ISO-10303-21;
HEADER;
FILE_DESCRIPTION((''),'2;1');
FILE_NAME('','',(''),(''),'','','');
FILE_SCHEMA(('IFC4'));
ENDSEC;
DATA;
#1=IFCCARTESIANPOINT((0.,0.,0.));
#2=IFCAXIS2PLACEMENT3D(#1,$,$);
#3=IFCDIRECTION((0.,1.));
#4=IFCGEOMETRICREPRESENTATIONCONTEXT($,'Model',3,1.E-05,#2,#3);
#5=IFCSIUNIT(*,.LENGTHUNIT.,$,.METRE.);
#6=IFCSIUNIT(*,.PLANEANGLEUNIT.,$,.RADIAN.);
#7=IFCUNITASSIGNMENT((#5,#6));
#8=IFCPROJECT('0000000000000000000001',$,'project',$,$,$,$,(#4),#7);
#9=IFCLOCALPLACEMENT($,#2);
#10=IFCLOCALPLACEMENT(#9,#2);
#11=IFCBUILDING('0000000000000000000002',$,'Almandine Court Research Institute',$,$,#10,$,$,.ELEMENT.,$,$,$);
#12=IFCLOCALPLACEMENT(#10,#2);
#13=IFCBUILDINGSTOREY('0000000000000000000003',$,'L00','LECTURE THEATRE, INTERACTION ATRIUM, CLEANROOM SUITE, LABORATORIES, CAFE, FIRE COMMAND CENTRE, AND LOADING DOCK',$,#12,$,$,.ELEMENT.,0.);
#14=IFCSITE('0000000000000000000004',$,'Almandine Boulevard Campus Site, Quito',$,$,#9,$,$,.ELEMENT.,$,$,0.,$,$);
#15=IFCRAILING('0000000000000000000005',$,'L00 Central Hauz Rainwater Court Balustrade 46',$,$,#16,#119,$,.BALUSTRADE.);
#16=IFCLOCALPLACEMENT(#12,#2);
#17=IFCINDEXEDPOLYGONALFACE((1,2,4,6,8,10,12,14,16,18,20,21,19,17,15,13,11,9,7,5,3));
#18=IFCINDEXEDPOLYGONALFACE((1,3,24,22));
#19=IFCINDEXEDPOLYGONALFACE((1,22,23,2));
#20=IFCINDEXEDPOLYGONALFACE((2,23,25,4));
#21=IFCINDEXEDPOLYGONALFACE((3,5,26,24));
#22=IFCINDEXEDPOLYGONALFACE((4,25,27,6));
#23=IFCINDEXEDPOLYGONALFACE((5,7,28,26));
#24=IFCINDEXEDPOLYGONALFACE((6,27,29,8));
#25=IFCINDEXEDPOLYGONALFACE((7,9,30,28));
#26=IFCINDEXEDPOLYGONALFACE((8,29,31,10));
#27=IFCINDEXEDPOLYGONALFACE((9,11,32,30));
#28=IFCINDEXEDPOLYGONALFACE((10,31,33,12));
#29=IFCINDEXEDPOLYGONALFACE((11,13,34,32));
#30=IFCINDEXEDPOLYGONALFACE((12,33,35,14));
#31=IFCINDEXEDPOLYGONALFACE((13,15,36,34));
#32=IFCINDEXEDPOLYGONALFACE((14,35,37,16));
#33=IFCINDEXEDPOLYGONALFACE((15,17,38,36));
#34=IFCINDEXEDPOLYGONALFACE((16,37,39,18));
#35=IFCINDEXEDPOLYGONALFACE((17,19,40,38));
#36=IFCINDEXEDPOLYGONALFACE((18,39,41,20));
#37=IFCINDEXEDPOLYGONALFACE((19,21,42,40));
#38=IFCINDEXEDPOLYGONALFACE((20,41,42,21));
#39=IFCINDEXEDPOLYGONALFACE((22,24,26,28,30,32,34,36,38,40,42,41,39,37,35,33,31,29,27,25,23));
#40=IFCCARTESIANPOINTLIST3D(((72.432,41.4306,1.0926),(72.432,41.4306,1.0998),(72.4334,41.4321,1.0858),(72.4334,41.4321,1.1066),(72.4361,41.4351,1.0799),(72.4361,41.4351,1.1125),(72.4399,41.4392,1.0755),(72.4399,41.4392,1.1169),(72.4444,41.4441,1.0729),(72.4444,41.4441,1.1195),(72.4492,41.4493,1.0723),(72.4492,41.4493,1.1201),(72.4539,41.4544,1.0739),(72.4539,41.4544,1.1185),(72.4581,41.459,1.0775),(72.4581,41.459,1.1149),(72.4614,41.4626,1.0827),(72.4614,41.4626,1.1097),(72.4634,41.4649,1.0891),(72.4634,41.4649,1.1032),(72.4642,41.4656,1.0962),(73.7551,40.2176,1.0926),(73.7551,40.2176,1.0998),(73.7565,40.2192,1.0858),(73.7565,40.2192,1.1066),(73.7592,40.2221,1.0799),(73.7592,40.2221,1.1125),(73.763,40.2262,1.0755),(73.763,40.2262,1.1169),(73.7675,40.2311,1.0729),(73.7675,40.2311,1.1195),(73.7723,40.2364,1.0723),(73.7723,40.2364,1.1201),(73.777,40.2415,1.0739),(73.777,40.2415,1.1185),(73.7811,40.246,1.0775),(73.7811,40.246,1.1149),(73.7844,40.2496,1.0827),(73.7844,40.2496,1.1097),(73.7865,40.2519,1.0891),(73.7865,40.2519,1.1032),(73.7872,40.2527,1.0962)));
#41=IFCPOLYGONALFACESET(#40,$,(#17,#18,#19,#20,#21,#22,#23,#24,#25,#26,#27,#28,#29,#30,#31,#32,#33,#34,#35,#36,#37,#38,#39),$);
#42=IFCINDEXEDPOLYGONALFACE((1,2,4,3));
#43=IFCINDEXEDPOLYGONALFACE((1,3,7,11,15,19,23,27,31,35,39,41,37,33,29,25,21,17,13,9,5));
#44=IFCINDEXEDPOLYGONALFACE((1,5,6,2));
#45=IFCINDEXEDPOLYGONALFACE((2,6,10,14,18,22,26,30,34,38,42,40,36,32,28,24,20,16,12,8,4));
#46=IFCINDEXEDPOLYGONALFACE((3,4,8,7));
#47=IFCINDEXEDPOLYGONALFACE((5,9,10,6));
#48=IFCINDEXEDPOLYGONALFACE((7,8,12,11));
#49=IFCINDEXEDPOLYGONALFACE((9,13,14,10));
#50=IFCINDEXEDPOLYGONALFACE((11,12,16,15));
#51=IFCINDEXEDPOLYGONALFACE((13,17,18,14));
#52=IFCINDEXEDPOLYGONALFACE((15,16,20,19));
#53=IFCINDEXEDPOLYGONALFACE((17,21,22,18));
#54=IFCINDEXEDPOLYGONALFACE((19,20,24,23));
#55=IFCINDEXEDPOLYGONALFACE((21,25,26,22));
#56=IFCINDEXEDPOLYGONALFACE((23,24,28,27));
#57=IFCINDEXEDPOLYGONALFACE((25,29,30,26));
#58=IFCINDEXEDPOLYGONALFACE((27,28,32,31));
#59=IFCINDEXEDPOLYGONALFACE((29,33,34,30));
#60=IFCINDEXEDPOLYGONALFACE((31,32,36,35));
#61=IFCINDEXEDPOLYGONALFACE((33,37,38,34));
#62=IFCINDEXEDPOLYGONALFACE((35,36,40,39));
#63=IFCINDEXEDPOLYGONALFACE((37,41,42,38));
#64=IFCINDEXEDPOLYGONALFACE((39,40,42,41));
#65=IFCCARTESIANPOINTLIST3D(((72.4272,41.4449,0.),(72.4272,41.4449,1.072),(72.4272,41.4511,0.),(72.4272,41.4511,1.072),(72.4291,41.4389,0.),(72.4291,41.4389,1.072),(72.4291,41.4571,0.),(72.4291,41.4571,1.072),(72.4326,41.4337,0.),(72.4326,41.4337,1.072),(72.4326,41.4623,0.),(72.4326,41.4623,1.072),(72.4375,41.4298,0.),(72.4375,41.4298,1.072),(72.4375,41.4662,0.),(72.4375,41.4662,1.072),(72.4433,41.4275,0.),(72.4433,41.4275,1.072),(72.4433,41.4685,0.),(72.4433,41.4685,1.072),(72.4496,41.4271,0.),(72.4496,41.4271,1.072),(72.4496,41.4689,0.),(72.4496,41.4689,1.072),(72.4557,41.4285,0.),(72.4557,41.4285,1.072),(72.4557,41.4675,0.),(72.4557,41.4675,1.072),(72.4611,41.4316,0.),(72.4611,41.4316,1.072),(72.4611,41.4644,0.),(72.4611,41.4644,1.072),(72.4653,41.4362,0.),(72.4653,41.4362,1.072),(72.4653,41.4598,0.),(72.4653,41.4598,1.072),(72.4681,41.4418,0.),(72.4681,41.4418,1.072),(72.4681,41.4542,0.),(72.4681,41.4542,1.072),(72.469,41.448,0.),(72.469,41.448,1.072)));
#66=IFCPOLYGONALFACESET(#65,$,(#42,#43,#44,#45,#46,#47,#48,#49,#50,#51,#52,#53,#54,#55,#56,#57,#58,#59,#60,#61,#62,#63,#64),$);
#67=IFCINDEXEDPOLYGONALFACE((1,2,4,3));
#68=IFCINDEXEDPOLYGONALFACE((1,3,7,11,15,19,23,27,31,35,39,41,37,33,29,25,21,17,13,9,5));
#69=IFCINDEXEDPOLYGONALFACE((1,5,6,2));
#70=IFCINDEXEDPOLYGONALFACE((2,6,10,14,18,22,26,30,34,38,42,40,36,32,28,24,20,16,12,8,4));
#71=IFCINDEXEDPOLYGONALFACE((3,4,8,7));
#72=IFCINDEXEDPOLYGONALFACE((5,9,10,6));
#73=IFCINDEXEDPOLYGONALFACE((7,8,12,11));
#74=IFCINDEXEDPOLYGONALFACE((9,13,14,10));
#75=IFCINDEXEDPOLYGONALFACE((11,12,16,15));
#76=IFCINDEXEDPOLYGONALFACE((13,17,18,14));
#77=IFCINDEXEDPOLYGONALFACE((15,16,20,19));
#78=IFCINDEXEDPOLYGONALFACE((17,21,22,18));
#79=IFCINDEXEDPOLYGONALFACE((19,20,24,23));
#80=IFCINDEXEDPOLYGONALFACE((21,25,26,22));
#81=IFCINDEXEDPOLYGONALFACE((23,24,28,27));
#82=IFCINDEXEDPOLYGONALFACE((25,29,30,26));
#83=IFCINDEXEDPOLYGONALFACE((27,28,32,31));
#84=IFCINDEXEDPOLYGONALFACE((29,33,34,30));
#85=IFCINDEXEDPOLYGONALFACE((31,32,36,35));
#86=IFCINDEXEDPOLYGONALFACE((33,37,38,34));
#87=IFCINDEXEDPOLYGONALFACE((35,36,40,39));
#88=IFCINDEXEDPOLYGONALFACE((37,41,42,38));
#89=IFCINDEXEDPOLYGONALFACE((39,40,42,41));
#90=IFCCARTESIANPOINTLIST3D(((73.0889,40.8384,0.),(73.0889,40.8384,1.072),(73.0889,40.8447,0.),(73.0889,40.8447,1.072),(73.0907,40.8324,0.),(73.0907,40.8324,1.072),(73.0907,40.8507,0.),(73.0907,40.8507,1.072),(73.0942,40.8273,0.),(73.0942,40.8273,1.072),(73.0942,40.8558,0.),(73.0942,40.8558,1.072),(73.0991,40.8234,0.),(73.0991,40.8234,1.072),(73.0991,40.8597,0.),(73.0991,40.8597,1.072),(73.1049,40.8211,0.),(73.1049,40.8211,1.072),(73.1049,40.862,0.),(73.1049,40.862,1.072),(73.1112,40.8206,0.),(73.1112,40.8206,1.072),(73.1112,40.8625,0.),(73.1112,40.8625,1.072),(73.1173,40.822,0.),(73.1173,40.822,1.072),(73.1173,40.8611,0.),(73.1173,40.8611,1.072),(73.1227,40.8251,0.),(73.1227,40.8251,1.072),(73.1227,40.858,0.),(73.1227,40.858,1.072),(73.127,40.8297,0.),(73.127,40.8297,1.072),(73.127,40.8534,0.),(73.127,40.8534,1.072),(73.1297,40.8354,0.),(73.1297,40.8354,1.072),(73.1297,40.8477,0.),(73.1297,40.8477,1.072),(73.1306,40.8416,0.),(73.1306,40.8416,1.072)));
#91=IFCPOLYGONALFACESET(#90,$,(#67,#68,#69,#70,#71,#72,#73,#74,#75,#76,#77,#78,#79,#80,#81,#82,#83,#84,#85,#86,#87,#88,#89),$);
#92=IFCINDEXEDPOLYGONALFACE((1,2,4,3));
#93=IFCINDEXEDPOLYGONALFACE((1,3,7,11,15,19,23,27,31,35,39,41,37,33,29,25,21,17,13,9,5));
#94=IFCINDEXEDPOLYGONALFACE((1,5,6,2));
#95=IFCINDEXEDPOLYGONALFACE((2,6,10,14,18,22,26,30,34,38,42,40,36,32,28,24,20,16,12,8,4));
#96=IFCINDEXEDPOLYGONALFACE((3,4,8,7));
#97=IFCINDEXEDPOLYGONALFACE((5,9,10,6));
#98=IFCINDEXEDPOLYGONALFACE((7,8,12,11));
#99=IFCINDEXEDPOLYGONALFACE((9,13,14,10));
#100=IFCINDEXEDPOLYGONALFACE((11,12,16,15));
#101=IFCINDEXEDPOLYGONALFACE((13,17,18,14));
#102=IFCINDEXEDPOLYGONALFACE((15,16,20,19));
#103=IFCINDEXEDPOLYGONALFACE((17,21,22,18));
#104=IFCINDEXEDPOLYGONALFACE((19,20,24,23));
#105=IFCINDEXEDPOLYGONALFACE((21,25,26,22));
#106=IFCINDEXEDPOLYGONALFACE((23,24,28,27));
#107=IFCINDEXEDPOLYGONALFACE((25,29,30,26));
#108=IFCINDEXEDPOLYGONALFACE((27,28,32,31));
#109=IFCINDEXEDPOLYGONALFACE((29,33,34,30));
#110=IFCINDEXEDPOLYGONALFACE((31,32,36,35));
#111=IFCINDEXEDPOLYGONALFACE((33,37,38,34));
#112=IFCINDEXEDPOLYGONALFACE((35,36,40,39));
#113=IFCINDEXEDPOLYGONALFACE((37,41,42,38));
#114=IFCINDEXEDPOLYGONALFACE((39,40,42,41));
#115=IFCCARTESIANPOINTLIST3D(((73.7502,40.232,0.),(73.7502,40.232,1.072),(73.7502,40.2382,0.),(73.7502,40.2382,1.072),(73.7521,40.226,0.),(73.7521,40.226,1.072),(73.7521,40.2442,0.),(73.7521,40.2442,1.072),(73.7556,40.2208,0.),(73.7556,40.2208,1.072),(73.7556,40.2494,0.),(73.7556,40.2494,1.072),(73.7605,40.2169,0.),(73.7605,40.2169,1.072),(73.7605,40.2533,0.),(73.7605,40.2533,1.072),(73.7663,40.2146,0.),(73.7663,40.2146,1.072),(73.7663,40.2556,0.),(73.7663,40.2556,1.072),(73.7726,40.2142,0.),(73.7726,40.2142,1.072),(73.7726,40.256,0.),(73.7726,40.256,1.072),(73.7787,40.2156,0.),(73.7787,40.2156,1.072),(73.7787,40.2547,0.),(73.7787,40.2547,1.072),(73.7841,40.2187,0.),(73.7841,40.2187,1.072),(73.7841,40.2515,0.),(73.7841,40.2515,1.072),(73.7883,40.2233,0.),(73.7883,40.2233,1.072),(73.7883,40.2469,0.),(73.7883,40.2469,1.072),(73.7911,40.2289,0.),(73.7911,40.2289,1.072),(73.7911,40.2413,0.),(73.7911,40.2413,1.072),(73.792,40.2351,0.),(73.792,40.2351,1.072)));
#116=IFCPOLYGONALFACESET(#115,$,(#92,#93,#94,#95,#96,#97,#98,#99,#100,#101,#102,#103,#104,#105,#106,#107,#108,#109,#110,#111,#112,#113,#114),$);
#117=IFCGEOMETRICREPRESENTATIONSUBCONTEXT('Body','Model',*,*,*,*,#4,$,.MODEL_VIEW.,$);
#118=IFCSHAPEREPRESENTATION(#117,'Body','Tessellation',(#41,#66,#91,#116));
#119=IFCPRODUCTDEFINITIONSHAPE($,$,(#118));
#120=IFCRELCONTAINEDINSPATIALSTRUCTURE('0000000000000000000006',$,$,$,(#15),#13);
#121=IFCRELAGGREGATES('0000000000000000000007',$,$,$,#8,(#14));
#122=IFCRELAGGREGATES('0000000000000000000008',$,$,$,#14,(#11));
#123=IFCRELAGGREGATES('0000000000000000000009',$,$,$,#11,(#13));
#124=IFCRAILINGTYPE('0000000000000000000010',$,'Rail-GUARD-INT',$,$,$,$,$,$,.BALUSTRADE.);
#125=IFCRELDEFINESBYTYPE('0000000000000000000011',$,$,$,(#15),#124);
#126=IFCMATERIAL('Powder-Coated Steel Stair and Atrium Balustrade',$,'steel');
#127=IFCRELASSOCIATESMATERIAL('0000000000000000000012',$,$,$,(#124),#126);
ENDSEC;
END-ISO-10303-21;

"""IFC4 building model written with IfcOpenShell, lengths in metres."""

from ifc_helpers import new_model, si_unit, direction, frame, origin, origin_2d, place, context, subcontext, project, spatial, circle, extrude, material, type_object, element, save


model = new_model("IFC4")

# Units and contexts
model_context = context("Model", 3, precision=1e-05, world=origin(), true_north=direction((0.0, 1.0)))
body_context = subcontext(model_context, "Body", "Model", "MODEL_VIEW")
ifc_project = project(units=[si_unit("LENGTHUNIT", "METRE"), si_unit("PLANEANGLEUNIT", "RADIAN")], contexts=[model_context])

# Site, building, storey
site_placement = place(None, origin())
site = spatial("IfcSite", under=ifc_project, at=site_placement, Name="Almandine Boulevard Campus Site, Quito", CompositionType="ELEMENT", RefElevation=0.0)
building_placement = place(site_placement, origin())
building = spatial("IfcBuilding", under=site, at=building_placement, Name="Almandine Court Research Institute", CompositionType="ELEMENT")
storey_placement = place(building_placement, origin())
storey = spatial("IfcBuildingStorey", under=building, at=storey_placement, Name="L00", Description="LECTURE THEATRE, INTERACTION ATRIUM, CLEANROOM SUITE, LABORATORIES, CAFE, FIRE COMMAND CENTRE, AND LOADING DOCK", CompositionType="ELEMENT", Elevation=0.0)

# Railing
ifc_material_1 = material(Name="Powder-Coated Steel Stair and Atrium Balustrade", Category="steel")
railing_type = type_object("IfcRailingType", Name="Rail-GUARD-INT", PredefinedType="BALUSTRADE", material=ifc_material_1)
railing_1_placement = place(storey_placement, frame((72.448, 41.448, 0.0)))
element("IfcRailing", 1, at=railing_1_placement, inside=storey, type_object=railing_type, Name="L00 Central Hauz Rainwater Court Balustrade 46", PredefinedType="BALUSTRADE", context=body_context, shape_type="SweptSolid", body=[
    extrude(circle(Radius=0.0239, at=origin_2d()), frame((0.0, 0.0, 1.0962), z_axis=(0.737115, -0.675768, 0.0), x_axis=(0.675768, 0.737115, 0.0)), (0.0, 0.0, 1.0), 1.7949),
    extrude(circle(Radius=0.021, at=origin_2d()), origin(), (0.0, 0.0, 1.0), 1.072),
    extrude(circle(Radius=0.021, at=origin_2d()), frame((0.6616, -0.6064, 0.0)), (0.0, 0.0, 1.0), 1.072),
    extrude(circle(Radius=0.021, at=origin_2d()), frame((1.323, -1.2129, 0.0)), (0.0, 0.0, 1.0), 1.072),
])

save(model, "model.ifc")
